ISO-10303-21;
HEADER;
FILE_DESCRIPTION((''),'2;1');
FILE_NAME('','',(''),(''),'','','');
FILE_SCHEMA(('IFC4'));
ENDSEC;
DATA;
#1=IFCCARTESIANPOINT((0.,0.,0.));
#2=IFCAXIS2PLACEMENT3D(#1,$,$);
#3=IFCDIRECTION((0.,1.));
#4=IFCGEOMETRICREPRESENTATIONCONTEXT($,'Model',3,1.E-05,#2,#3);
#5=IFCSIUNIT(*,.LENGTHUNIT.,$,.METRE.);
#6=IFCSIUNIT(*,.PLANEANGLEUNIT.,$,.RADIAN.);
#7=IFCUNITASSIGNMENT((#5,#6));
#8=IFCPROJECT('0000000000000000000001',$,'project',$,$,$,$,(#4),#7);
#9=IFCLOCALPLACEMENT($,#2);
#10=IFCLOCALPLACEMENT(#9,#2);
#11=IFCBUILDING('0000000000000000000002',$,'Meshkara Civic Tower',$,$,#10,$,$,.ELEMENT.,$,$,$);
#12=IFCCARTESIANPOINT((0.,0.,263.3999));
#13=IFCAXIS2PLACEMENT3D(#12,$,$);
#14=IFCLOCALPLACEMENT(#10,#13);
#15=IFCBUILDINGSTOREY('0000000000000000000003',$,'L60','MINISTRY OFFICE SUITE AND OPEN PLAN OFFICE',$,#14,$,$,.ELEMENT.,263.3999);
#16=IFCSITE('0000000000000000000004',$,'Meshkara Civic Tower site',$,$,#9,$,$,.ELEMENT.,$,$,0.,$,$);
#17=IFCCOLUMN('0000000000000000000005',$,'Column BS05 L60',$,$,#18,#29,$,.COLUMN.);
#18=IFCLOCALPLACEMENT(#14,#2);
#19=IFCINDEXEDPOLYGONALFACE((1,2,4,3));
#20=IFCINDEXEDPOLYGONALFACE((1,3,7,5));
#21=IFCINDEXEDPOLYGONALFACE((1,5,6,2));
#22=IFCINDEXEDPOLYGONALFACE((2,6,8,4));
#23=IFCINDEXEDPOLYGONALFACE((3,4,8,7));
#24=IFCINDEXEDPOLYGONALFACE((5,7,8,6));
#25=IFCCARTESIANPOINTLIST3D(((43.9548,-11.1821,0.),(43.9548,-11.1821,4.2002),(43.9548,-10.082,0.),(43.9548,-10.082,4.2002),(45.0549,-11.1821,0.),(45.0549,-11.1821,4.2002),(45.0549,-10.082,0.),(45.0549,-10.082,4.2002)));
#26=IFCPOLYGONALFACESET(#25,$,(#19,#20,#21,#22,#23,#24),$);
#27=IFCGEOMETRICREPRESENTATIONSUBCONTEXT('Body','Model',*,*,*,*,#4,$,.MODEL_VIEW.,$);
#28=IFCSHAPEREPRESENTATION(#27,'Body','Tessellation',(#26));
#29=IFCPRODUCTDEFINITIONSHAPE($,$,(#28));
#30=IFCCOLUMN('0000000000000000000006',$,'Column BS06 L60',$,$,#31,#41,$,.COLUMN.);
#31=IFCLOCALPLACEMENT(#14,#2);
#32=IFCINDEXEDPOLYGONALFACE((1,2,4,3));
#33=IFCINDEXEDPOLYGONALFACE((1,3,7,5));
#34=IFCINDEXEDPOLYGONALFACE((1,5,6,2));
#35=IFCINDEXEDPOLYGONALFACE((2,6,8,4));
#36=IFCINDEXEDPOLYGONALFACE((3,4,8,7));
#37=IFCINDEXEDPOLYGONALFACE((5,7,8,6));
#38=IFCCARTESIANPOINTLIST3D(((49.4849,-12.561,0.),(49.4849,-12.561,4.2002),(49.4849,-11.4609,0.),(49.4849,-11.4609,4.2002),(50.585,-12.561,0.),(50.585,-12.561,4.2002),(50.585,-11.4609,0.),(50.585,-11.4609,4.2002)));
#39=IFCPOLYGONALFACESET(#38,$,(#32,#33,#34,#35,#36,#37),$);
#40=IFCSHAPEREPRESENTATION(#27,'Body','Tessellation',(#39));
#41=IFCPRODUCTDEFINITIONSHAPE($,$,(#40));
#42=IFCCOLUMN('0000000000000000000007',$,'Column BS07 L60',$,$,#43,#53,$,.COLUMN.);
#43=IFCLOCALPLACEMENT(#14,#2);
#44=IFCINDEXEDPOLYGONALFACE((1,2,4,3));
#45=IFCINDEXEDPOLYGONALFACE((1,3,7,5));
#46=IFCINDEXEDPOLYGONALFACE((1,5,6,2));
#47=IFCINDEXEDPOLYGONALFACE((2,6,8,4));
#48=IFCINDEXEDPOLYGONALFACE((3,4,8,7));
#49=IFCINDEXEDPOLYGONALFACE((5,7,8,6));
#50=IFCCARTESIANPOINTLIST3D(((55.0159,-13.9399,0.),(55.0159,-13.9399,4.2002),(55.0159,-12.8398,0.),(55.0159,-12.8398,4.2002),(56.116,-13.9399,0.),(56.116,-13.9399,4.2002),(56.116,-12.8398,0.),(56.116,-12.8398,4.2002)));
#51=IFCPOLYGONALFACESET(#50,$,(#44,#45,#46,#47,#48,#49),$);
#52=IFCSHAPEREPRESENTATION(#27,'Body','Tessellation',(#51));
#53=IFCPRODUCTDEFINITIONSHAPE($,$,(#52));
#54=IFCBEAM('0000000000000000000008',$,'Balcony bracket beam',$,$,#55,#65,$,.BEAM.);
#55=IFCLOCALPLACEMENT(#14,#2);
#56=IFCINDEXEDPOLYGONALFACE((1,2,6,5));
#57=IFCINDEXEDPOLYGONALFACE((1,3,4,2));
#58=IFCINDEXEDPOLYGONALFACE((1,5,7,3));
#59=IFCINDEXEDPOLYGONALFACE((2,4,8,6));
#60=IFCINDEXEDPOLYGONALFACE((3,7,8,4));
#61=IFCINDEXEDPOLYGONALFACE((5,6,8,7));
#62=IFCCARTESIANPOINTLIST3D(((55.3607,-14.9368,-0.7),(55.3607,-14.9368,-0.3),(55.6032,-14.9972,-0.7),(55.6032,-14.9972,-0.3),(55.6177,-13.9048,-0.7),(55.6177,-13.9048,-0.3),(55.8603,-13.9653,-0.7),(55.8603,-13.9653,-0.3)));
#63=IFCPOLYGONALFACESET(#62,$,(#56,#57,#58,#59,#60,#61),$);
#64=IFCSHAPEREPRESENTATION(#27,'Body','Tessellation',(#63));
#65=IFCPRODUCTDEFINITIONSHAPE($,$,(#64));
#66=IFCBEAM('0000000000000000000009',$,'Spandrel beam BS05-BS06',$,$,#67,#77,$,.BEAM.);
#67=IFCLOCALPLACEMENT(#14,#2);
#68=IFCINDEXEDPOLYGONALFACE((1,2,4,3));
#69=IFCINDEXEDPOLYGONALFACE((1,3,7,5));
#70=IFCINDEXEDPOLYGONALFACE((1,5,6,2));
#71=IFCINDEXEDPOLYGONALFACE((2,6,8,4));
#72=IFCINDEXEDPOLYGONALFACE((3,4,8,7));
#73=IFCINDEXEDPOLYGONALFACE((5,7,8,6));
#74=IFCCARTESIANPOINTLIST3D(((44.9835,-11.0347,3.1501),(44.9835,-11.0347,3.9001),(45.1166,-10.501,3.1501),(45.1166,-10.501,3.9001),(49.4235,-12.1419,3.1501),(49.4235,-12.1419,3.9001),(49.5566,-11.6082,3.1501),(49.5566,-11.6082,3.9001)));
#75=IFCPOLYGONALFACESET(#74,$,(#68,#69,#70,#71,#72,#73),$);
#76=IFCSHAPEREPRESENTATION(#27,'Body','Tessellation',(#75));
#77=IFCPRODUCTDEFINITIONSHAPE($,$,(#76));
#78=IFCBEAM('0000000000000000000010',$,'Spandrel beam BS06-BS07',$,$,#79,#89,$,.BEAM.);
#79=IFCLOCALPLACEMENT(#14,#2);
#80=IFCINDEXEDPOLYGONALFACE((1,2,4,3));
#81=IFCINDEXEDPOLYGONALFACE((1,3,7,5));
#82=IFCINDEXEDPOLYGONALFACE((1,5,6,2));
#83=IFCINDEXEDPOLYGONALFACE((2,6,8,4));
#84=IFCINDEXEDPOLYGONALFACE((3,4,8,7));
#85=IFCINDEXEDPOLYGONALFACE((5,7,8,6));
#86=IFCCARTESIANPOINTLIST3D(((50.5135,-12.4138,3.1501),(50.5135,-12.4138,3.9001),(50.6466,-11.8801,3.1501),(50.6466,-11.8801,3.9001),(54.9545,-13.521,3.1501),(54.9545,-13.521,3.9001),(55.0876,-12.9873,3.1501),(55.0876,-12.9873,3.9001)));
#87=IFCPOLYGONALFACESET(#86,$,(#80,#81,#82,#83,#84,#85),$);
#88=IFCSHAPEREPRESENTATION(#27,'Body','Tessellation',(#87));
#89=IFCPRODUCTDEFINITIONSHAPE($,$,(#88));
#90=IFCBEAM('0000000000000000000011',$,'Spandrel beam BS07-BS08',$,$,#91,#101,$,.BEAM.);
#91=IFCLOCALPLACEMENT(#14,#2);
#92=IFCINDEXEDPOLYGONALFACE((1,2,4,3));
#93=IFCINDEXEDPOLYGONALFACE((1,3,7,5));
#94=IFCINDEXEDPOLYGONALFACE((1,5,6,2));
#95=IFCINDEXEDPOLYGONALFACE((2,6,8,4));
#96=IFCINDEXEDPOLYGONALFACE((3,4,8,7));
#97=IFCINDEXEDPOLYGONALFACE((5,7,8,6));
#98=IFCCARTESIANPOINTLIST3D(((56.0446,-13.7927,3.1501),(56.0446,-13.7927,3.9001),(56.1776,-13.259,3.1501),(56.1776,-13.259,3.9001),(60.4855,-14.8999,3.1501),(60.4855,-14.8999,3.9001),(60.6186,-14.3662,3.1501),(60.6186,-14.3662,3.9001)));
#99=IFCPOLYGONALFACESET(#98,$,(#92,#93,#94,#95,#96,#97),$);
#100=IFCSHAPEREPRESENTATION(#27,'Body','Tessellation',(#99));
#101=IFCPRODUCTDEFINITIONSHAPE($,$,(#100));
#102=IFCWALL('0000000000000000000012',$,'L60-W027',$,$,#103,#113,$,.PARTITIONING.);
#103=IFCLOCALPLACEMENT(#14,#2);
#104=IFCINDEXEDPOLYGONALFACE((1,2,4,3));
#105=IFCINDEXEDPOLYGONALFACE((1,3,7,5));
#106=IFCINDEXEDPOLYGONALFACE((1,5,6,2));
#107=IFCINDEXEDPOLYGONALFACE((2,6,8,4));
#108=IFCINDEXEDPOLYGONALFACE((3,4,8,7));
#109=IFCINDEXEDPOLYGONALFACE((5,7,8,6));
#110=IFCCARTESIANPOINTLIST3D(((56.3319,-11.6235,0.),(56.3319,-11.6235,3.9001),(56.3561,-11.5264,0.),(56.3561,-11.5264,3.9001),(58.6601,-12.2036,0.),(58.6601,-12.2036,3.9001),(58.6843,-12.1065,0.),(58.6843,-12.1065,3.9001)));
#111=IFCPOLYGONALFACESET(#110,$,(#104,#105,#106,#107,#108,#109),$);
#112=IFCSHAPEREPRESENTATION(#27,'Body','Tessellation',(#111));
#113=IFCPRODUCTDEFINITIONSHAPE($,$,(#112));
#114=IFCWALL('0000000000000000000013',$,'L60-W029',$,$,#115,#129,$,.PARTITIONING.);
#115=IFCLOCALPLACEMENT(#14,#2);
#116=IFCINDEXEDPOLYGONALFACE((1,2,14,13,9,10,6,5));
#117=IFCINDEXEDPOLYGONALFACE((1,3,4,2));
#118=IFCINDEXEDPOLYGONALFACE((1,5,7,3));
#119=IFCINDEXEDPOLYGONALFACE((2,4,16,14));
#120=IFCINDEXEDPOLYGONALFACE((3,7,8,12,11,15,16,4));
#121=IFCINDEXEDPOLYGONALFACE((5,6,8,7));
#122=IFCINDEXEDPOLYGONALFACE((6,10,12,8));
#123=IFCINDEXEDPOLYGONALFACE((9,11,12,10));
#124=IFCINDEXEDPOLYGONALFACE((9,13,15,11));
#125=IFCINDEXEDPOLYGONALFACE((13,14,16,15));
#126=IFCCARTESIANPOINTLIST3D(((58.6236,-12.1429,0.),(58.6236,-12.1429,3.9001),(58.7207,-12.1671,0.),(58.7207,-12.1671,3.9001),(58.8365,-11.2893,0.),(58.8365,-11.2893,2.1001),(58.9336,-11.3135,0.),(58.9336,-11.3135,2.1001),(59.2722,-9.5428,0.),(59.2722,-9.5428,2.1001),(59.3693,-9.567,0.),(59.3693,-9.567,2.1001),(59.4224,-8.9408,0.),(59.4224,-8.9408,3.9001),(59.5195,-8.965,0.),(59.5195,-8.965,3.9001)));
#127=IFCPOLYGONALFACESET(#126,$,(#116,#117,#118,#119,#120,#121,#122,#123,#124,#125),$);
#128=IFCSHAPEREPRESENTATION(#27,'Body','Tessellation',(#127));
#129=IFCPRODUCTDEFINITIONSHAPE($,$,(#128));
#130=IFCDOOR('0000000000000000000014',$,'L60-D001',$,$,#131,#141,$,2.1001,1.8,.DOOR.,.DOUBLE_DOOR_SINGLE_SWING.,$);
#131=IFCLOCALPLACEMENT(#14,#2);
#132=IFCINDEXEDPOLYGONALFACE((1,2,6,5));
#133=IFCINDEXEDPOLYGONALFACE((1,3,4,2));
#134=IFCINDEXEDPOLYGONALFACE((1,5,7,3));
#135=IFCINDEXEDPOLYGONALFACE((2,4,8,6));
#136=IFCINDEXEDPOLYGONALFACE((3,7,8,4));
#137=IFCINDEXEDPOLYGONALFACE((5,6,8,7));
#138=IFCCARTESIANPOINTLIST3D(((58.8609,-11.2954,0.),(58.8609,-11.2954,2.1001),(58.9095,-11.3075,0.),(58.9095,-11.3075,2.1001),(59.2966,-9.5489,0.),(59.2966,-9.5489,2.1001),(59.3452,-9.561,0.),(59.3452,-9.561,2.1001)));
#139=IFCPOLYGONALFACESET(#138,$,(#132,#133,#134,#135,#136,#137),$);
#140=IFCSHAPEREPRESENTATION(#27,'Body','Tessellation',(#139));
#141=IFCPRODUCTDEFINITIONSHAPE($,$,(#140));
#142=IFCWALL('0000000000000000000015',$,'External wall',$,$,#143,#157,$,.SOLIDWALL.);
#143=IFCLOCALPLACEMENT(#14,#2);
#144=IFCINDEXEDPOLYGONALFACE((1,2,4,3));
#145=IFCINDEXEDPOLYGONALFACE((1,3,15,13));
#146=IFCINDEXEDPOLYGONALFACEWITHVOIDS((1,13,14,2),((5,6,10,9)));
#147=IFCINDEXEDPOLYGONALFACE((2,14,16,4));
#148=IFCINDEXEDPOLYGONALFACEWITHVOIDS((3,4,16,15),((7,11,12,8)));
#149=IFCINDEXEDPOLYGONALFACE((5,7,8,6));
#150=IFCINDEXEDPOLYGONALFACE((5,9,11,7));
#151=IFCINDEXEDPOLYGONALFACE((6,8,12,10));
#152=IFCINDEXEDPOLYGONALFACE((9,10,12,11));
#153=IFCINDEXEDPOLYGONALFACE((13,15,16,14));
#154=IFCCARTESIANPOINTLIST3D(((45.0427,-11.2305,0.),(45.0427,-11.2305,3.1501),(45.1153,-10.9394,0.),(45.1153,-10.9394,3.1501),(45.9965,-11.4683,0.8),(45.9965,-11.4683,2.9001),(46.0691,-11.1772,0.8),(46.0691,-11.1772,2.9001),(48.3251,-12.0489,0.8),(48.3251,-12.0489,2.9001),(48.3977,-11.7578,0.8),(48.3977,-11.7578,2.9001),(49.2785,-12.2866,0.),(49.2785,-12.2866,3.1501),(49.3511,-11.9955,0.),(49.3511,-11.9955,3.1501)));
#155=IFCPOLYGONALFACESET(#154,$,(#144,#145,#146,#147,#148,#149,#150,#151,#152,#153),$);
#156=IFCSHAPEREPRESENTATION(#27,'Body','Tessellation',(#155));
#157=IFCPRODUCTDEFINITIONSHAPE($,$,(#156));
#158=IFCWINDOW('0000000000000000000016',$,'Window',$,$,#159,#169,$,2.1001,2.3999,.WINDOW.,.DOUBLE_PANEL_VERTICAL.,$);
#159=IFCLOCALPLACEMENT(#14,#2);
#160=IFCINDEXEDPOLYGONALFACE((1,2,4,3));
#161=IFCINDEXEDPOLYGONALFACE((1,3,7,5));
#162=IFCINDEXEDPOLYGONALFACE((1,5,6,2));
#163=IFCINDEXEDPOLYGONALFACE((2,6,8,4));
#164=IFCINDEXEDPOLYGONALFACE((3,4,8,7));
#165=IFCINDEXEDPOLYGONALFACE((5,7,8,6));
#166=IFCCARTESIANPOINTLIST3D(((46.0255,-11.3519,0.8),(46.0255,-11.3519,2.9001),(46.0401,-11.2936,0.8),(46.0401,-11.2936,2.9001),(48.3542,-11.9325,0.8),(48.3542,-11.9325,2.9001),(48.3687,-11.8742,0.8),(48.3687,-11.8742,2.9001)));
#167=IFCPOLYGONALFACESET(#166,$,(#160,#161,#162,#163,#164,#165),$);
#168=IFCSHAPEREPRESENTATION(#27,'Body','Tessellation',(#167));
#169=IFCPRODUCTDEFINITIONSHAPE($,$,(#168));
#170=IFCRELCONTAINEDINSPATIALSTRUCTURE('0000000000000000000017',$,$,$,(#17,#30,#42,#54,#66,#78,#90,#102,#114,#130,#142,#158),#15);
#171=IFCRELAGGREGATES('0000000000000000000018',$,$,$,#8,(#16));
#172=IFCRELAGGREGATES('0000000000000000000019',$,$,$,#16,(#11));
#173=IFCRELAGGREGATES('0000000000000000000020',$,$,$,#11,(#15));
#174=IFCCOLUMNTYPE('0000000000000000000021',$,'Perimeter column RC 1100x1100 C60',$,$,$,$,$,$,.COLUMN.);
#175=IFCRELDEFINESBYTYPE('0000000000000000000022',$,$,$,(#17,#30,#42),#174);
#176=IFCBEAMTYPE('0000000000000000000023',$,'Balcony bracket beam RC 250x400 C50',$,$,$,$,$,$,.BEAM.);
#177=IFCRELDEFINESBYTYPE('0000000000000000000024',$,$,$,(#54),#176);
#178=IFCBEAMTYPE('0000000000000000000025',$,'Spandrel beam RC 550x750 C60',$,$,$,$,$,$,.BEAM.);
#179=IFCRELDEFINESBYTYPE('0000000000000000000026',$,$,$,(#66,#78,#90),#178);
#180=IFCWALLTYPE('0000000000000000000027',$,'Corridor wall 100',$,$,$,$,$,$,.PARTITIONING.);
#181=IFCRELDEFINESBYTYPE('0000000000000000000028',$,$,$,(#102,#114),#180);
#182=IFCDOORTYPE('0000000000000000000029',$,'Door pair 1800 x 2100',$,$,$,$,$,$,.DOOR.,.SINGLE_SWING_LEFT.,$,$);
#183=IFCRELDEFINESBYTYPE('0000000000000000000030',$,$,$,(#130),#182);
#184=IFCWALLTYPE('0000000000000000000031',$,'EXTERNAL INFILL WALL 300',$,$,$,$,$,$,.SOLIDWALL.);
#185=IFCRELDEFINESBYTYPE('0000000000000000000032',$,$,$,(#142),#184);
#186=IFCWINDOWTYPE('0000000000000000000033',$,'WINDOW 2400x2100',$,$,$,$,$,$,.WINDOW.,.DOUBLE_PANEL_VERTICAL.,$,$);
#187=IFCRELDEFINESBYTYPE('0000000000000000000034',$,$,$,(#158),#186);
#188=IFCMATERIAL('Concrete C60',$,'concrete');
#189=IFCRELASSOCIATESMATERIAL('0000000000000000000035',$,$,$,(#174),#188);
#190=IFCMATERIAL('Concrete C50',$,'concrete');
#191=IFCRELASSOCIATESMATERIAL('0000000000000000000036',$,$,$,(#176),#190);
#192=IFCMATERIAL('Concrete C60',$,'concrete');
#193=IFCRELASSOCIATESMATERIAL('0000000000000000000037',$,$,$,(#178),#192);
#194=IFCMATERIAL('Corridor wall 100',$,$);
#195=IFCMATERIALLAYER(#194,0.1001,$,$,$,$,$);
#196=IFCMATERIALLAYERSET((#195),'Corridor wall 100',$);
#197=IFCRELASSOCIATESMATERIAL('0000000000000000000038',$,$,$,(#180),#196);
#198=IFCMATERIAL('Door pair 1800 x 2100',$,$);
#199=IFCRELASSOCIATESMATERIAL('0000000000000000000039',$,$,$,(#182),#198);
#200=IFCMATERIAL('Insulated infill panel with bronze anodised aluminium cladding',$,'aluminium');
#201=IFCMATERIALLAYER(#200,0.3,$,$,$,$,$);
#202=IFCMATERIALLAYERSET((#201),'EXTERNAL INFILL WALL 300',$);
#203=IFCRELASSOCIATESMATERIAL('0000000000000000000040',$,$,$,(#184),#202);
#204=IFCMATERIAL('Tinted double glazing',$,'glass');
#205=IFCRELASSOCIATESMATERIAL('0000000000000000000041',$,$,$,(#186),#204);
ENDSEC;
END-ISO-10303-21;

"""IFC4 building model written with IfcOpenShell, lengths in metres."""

from ifc_helpers import new_model, si_unit, direction, frame, frame_2d, origin, origin_2d, place, context, subcontext, project, spatial, rectangle, extrude, material, layer, layer_set, material_profile, profile_set, type_object, element, fill, save


model = new_model("IFC4")

# Units and contexts
model_context = context("Model", 3, precision=1e-05, world=origin(), true_north=direction((0.0, 1.0)))
body_context = subcontext(model_context, "Body", "Model", "MODEL_VIEW")
ifc_project = project(units=[si_unit("LENGTHUNIT", "METRE"), si_unit("PLANEANGLEUNIT", "RADIAN")], contexts=[model_context])

# Site, building, storey
site_placement = place(None, origin())
site = spatial("IfcSite", under=ifc_project, at=site_placement, Name="Meshkara Civic Tower site", CompositionType="ELEMENT", RefElevation=0.0)
building_placement = place(site_placement, origin())
building = spatial("IfcBuilding", under=site, at=building_placement, Name="Meshkara Civic Tower", CompositionType="ELEMENT")
storey_placement = place(building_placement, frame((0.0, 0.0, 263.3999)))
storey = spatial("IfcBuildingStorey", under=building, at=storey_placement, Name="L60", Description="MINISTRY OFFICE SUITE AND OPEN PLAN OFFICE", CompositionType="ELEMENT", Elevation=263.3999)

# Columns
ifc_material_1 = material(Name="Concrete C60", Category="concrete")
ifc_material_profile_1 = material_profile(ifc_material_1, rectangle(XDim=1.1001, YDim=1.1001, at=origin_2d()))
ifc_profile_set_1 = profile_set([ifc_material_profile_1], Name="Concrete C60")
column_type = type_object("IfcColumnType", Name="Perimeter column RC 1100x1100 C60", PredefinedType="COLUMN", material=ifc_profile_set_1)
for number, where, z_axis, x_axis, name in (
    (1, (44.5049, -10.6321, 0.0), (0.0, 0.0, 1.0), (1.0, 0.0, 0.0), "Column BS05 L60"),
    (2, (50.0349, -12.011, 0.0), (0.0, 0.0, 1.0), (1.0, 0.0, 0.0), "Column BS06 L60"),
    (3, (55.5659, -13.3899, 0.0), (0.0, 0.0, 1.0), (1.0, 0.0, 0.0), "Column BS07 L60"),
):
    element("IfcColumn", number, at=place(storey_placement, frame(where, z_axis=z_axis, x_axis=x_axis)), inside=storey, type_object=column_type, Name=name, PredefinedType="COLUMN", context=body_context, shape_type="SweptSolid", body=[
        extrude(rectangle(XDim=1.1001, YDim=1.1001, at=origin_2d()), origin(), (0.0, 0.0, 1.0), 4.2002),
    ])

# Beams
ifc_material_2 = material(Name="Concrete C50", Category="concrete")
ifc_material_profile_2 = material_profile(ifc_material_2, rectangle(XDim=0.25, YDim=0.3999, at=origin_2d()))
ifc_profile_set_2 = profile_set([ifc_material_profile_2], Name="Concrete C50")
beam_type_1 = type_object("IfcBeamType", Name="Balcony bracket beam RC 250x400 C50", PredefinedType="BEAM", material=ifc_profile_set_2)
beam_1_placement = place(storey_placement, frame((55.739, -13.9351, -0.5), z_axis=(-0.241725, -0.970345, 0.0), x_axis=(0.970345, -0.241725, 0.0)))
element("IfcBeam", 4, at=beam_1_placement, inside=storey, type_object=beam_type_1, Name="Balcony bracket beam", PredefinedType="BEAM", context=body_context, shape_type="SweptSolid", body=[
    extrude(rectangle(XDim=0.25, YDim=0.3999, at=origin_2d()), origin(), (0.0, 0.0, 1.0), 1.0635),
])
ifc_material_3 = material(Name="Concrete C60", Category="concrete")
ifc_material_profile_3 = material_profile(ifc_material_3, rectangle(XDim=0.55, YDim=0.75, at=origin_2d()))
ifc_profile_set_3 = profile_set([ifc_material_profile_3], Name="Concrete C60")
beam_type_2 = type_object("IfcBeamType", Name="Spandrel beam RC 550x750 C60", PredefinedType="BEAM", material=ifc_profile_set_3)
beam_2_placement = place(storey_placement, frame((45.05, -10.7678, 3.5251), z_axis=(0.970287, -0.241958, 0.0), x_axis=(0.241958, 0.970287, 0.0)))
element("IfcBeam", 5, at=beam_2_placement, inside=storey, type_object=beam_type_2, Name="Spandrel beam BS05-BS06", PredefinedType="BEAM", context=body_context, shape_type="SweptSolid", body=[
    extrude(rectangle(XDim=0.55, YDim=0.75, at=origin_2d()), origin(), (0.0, 0.0, 1.0), 4.5759),
])
for number, where, z_axis, x_axis, name in (
    (6, (50.5801, -12.147, 3.5251), (0.970299, -0.241908, 0.0), (0.241908, 0.970299, 0.0), "Spandrel beam BS06-BS07"),
    (7, (56.1111, -13.5259, 3.5251), (0.970299, -0.241908, 0.0), (0.241908, 0.970299, 0.0), "Spandrel beam BS07-BS08"),
):
    element("IfcBeam", number, at=place(storey_placement, frame(where, z_axis=z_axis, x_axis=x_axis)), inside=storey, type_object=beam_type_2, Name=name, PredefinedType="BEAM", context=body_context, shape_type="SweptSolid", body=[
        extrude(rectangle(XDim=0.55, YDim=0.75, at=origin_2d()), origin(), (0.0, 0.0, 1.0), 4.5769),
    ])

# Wall
ifc_material_4 = material(Name="Corridor wall 100")
ifc_layer_1 = layer(ifc_material_4, 0.1001)
ifc_layer_set_1 = layer_set([ifc_layer_1], Name="Corridor wall 100")
wall_type_1 = type_object("IfcWallType", Name="Corridor wall 100", PredefinedType="PARTITIONING", material=ifc_layer_set_1)
wall_1_placement = place(storey_placement, frame((56.344, -11.575, 0.0), z_axis=(0.0, 0.0, 1.0), x_axis=(0.970334, -0.241769, 0.0)))
element("IfcWall", 8, at=wall_1_placement, inside=storey, type_object=wall_type_1, Name="L60-W027", PredefinedType="PARTITIONING", context=body_context, shape_type="SweptSolid", body=[
    extrude(rectangle(XDim=2.3994, YDim=0.1001, at=frame_2d((1.1997, 0.0))), origin(), (0.0, 0.0, 1.0), 3.9001),
])

# Wall, opening, door
wall_2_placement = place(storey_placement, frame((58.6721, -12.155, 0.0), z_axis=(0.0, 0.0, 1.0), x_axis=(0.242048, 0.970264, 0.0)))
wall_2 = element("IfcWall", 9, at=wall_2_placement, inside=storey, type_object=wall_type_1, Name="L60-W029", PredefinedType="PARTITIONING", context=body_context, shape_type="SweptSolid", body=[
    extrude(rectangle(XDim=3.3003, YDim=0.1001, at=frame_2d((1.6501, 0.0))), origin(), (0.0, 0.0, 1.0), 3.9001),
])
opening_1_placement = place(wall_2_placement, frame((0.8799, 0.0, 0.0)))
opening_1 = element("IfcOpeningElement", 10, at=opening_1_placement, cuts=wall_2, PredefinedType="OPENING", context=body_context, shape_type="SweptSolid", body=[
    extrude(rectangle(XDim=1.8, YDim=2.1001, at=frame_2d((0.8999, 1.05))), frame((0.0, 0.0601, 0.0), z_axis=(0.0, -1.0, 0.0), x_axis=(1.0, 0.0, 0.0)), (0.0, 0.0, 1.0), 0.1201),
])
ifc_material_5 = material(Name="Door pair 1800 x 2100")
door_type_1 = type_object("IfcDoorType", Name="Door pair 1800 x 2100", OperationType="SINGLE_SWING_LEFT", PredefinedType="DOOR", material=ifc_material_5)
door_1_placement = place(opening_1_placement, origin())
door_1 = element("IfcDoor", 11, at=door_1_placement, inside=storey, type_object=door_type_1, Name="L60-D001", OperationType="DOUBLE_DOOR_SINGLE_SWING", OverallHeight=2.1001, OverallWidth=1.8, PredefinedType="DOOR", context=body_context, shape_type="SweptSolid", body=[
    extrude(rectangle(XDim=1.8, YDim=2.1001, at=frame_2d((0.8999, 1.05))), frame((0.0, 0.0249, 0.0), z_axis=(0.0, -1.0, 0.0), x_axis=(1.0, 0.0, 0.0)), (0.0, 0.0, 1.0), 0.05),
])
fill(opening_1, door_1)

# Wall, opening, window
ifc_material_6 = material(Name="Insulated infill panel with bronze anodised aluminium cladding", Category="aluminium")
ifc_layer_2 = layer(ifc_material_6, 0.3)
ifc_layer_set_2 = layer_set([ifc_layer_2], Name="EXTERNAL INFILL WALL 300")
wall_type_2 = type_object("IfcWallType", Name="EXTERNAL INFILL WALL 300", PredefinedType="SOLIDWALL", material=ifc_layer_set_2)
wall_3_placement = place(storey_placement, frame((45.0791, -11.085, 0.0), z_axis=(0.0, 0.0, 1.0), x_axis=(0.970294, -0.24193, 0.0)))
wall_3 = element("IfcWall", 12, at=wall_3_placement, inside=storey, type_object=wall_type_2, Name="External wall", PredefinedType="SOLIDWALL", context=body_context, shape_type="SweptSolid", body=[
    extrude(rectangle(XDim=4.3655, YDim=0.3, at=frame_2d((2.1826, 0.0))), origin(), (0.0, 0.0, 1.0), 3.1501),
])
opening_2_placement = place(wall_3_placement, frame((0.9829, 0.0, 0.8)))
opening_2 = element("IfcOpeningElement", 13, at=opening_2_placement, cuts=wall_3, PredefinedType="OPENING", context=body_context, shape_type="SweptSolid", body=[
    extrude(rectangle(XDim=2.3999, YDim=2.1001, at=frame_2d((1.2, 1.05))), frame((0.0, 0.1599, 0.0), z_axis=(0.0, -1.0, 0.0), x_axis=(1.0, 0.0, 0.0)), (0.0, 0.0, 1.0), 0.3201),
])
ifc_material_7 = material(Name="Tinted double glazing", Category="glass")
window_type = type_object("IfcWindowType", Name="WINDOW 2400x2100", PartitioningType="DOUBLE_PANEL_VERTICAL", PredefinedType="WINDOW", material=ifc_material_7)
window_1_placement = place(opening_2_placement, origin())
window_1 = element("IfcWindow", 14, at=window_1_placement, inside=storey, type_object=window_type, Name="Window", OverallHeight=2.1001, OverallWidth=2.3999, PartitioningType="DOUBLE_PANEL_VERTICAL", PredefinedType="WINDOW", context=body_context, shape_type="SweptSolid", body=[
    extrude(rectangle(XDim=2.3999, YDim=2.1001, at=frame_2d((1.2, 1.05))), frame((0.0, 0.03, 0.0), z_axis=(0.0, -1.0, 0.0), x_axis=(1.0, 0.0, 0.0)), (0.0, 0.0, 1.0), 0.0601),
])
fill(opening_2, window_1)

save(model, "model.ifc")
